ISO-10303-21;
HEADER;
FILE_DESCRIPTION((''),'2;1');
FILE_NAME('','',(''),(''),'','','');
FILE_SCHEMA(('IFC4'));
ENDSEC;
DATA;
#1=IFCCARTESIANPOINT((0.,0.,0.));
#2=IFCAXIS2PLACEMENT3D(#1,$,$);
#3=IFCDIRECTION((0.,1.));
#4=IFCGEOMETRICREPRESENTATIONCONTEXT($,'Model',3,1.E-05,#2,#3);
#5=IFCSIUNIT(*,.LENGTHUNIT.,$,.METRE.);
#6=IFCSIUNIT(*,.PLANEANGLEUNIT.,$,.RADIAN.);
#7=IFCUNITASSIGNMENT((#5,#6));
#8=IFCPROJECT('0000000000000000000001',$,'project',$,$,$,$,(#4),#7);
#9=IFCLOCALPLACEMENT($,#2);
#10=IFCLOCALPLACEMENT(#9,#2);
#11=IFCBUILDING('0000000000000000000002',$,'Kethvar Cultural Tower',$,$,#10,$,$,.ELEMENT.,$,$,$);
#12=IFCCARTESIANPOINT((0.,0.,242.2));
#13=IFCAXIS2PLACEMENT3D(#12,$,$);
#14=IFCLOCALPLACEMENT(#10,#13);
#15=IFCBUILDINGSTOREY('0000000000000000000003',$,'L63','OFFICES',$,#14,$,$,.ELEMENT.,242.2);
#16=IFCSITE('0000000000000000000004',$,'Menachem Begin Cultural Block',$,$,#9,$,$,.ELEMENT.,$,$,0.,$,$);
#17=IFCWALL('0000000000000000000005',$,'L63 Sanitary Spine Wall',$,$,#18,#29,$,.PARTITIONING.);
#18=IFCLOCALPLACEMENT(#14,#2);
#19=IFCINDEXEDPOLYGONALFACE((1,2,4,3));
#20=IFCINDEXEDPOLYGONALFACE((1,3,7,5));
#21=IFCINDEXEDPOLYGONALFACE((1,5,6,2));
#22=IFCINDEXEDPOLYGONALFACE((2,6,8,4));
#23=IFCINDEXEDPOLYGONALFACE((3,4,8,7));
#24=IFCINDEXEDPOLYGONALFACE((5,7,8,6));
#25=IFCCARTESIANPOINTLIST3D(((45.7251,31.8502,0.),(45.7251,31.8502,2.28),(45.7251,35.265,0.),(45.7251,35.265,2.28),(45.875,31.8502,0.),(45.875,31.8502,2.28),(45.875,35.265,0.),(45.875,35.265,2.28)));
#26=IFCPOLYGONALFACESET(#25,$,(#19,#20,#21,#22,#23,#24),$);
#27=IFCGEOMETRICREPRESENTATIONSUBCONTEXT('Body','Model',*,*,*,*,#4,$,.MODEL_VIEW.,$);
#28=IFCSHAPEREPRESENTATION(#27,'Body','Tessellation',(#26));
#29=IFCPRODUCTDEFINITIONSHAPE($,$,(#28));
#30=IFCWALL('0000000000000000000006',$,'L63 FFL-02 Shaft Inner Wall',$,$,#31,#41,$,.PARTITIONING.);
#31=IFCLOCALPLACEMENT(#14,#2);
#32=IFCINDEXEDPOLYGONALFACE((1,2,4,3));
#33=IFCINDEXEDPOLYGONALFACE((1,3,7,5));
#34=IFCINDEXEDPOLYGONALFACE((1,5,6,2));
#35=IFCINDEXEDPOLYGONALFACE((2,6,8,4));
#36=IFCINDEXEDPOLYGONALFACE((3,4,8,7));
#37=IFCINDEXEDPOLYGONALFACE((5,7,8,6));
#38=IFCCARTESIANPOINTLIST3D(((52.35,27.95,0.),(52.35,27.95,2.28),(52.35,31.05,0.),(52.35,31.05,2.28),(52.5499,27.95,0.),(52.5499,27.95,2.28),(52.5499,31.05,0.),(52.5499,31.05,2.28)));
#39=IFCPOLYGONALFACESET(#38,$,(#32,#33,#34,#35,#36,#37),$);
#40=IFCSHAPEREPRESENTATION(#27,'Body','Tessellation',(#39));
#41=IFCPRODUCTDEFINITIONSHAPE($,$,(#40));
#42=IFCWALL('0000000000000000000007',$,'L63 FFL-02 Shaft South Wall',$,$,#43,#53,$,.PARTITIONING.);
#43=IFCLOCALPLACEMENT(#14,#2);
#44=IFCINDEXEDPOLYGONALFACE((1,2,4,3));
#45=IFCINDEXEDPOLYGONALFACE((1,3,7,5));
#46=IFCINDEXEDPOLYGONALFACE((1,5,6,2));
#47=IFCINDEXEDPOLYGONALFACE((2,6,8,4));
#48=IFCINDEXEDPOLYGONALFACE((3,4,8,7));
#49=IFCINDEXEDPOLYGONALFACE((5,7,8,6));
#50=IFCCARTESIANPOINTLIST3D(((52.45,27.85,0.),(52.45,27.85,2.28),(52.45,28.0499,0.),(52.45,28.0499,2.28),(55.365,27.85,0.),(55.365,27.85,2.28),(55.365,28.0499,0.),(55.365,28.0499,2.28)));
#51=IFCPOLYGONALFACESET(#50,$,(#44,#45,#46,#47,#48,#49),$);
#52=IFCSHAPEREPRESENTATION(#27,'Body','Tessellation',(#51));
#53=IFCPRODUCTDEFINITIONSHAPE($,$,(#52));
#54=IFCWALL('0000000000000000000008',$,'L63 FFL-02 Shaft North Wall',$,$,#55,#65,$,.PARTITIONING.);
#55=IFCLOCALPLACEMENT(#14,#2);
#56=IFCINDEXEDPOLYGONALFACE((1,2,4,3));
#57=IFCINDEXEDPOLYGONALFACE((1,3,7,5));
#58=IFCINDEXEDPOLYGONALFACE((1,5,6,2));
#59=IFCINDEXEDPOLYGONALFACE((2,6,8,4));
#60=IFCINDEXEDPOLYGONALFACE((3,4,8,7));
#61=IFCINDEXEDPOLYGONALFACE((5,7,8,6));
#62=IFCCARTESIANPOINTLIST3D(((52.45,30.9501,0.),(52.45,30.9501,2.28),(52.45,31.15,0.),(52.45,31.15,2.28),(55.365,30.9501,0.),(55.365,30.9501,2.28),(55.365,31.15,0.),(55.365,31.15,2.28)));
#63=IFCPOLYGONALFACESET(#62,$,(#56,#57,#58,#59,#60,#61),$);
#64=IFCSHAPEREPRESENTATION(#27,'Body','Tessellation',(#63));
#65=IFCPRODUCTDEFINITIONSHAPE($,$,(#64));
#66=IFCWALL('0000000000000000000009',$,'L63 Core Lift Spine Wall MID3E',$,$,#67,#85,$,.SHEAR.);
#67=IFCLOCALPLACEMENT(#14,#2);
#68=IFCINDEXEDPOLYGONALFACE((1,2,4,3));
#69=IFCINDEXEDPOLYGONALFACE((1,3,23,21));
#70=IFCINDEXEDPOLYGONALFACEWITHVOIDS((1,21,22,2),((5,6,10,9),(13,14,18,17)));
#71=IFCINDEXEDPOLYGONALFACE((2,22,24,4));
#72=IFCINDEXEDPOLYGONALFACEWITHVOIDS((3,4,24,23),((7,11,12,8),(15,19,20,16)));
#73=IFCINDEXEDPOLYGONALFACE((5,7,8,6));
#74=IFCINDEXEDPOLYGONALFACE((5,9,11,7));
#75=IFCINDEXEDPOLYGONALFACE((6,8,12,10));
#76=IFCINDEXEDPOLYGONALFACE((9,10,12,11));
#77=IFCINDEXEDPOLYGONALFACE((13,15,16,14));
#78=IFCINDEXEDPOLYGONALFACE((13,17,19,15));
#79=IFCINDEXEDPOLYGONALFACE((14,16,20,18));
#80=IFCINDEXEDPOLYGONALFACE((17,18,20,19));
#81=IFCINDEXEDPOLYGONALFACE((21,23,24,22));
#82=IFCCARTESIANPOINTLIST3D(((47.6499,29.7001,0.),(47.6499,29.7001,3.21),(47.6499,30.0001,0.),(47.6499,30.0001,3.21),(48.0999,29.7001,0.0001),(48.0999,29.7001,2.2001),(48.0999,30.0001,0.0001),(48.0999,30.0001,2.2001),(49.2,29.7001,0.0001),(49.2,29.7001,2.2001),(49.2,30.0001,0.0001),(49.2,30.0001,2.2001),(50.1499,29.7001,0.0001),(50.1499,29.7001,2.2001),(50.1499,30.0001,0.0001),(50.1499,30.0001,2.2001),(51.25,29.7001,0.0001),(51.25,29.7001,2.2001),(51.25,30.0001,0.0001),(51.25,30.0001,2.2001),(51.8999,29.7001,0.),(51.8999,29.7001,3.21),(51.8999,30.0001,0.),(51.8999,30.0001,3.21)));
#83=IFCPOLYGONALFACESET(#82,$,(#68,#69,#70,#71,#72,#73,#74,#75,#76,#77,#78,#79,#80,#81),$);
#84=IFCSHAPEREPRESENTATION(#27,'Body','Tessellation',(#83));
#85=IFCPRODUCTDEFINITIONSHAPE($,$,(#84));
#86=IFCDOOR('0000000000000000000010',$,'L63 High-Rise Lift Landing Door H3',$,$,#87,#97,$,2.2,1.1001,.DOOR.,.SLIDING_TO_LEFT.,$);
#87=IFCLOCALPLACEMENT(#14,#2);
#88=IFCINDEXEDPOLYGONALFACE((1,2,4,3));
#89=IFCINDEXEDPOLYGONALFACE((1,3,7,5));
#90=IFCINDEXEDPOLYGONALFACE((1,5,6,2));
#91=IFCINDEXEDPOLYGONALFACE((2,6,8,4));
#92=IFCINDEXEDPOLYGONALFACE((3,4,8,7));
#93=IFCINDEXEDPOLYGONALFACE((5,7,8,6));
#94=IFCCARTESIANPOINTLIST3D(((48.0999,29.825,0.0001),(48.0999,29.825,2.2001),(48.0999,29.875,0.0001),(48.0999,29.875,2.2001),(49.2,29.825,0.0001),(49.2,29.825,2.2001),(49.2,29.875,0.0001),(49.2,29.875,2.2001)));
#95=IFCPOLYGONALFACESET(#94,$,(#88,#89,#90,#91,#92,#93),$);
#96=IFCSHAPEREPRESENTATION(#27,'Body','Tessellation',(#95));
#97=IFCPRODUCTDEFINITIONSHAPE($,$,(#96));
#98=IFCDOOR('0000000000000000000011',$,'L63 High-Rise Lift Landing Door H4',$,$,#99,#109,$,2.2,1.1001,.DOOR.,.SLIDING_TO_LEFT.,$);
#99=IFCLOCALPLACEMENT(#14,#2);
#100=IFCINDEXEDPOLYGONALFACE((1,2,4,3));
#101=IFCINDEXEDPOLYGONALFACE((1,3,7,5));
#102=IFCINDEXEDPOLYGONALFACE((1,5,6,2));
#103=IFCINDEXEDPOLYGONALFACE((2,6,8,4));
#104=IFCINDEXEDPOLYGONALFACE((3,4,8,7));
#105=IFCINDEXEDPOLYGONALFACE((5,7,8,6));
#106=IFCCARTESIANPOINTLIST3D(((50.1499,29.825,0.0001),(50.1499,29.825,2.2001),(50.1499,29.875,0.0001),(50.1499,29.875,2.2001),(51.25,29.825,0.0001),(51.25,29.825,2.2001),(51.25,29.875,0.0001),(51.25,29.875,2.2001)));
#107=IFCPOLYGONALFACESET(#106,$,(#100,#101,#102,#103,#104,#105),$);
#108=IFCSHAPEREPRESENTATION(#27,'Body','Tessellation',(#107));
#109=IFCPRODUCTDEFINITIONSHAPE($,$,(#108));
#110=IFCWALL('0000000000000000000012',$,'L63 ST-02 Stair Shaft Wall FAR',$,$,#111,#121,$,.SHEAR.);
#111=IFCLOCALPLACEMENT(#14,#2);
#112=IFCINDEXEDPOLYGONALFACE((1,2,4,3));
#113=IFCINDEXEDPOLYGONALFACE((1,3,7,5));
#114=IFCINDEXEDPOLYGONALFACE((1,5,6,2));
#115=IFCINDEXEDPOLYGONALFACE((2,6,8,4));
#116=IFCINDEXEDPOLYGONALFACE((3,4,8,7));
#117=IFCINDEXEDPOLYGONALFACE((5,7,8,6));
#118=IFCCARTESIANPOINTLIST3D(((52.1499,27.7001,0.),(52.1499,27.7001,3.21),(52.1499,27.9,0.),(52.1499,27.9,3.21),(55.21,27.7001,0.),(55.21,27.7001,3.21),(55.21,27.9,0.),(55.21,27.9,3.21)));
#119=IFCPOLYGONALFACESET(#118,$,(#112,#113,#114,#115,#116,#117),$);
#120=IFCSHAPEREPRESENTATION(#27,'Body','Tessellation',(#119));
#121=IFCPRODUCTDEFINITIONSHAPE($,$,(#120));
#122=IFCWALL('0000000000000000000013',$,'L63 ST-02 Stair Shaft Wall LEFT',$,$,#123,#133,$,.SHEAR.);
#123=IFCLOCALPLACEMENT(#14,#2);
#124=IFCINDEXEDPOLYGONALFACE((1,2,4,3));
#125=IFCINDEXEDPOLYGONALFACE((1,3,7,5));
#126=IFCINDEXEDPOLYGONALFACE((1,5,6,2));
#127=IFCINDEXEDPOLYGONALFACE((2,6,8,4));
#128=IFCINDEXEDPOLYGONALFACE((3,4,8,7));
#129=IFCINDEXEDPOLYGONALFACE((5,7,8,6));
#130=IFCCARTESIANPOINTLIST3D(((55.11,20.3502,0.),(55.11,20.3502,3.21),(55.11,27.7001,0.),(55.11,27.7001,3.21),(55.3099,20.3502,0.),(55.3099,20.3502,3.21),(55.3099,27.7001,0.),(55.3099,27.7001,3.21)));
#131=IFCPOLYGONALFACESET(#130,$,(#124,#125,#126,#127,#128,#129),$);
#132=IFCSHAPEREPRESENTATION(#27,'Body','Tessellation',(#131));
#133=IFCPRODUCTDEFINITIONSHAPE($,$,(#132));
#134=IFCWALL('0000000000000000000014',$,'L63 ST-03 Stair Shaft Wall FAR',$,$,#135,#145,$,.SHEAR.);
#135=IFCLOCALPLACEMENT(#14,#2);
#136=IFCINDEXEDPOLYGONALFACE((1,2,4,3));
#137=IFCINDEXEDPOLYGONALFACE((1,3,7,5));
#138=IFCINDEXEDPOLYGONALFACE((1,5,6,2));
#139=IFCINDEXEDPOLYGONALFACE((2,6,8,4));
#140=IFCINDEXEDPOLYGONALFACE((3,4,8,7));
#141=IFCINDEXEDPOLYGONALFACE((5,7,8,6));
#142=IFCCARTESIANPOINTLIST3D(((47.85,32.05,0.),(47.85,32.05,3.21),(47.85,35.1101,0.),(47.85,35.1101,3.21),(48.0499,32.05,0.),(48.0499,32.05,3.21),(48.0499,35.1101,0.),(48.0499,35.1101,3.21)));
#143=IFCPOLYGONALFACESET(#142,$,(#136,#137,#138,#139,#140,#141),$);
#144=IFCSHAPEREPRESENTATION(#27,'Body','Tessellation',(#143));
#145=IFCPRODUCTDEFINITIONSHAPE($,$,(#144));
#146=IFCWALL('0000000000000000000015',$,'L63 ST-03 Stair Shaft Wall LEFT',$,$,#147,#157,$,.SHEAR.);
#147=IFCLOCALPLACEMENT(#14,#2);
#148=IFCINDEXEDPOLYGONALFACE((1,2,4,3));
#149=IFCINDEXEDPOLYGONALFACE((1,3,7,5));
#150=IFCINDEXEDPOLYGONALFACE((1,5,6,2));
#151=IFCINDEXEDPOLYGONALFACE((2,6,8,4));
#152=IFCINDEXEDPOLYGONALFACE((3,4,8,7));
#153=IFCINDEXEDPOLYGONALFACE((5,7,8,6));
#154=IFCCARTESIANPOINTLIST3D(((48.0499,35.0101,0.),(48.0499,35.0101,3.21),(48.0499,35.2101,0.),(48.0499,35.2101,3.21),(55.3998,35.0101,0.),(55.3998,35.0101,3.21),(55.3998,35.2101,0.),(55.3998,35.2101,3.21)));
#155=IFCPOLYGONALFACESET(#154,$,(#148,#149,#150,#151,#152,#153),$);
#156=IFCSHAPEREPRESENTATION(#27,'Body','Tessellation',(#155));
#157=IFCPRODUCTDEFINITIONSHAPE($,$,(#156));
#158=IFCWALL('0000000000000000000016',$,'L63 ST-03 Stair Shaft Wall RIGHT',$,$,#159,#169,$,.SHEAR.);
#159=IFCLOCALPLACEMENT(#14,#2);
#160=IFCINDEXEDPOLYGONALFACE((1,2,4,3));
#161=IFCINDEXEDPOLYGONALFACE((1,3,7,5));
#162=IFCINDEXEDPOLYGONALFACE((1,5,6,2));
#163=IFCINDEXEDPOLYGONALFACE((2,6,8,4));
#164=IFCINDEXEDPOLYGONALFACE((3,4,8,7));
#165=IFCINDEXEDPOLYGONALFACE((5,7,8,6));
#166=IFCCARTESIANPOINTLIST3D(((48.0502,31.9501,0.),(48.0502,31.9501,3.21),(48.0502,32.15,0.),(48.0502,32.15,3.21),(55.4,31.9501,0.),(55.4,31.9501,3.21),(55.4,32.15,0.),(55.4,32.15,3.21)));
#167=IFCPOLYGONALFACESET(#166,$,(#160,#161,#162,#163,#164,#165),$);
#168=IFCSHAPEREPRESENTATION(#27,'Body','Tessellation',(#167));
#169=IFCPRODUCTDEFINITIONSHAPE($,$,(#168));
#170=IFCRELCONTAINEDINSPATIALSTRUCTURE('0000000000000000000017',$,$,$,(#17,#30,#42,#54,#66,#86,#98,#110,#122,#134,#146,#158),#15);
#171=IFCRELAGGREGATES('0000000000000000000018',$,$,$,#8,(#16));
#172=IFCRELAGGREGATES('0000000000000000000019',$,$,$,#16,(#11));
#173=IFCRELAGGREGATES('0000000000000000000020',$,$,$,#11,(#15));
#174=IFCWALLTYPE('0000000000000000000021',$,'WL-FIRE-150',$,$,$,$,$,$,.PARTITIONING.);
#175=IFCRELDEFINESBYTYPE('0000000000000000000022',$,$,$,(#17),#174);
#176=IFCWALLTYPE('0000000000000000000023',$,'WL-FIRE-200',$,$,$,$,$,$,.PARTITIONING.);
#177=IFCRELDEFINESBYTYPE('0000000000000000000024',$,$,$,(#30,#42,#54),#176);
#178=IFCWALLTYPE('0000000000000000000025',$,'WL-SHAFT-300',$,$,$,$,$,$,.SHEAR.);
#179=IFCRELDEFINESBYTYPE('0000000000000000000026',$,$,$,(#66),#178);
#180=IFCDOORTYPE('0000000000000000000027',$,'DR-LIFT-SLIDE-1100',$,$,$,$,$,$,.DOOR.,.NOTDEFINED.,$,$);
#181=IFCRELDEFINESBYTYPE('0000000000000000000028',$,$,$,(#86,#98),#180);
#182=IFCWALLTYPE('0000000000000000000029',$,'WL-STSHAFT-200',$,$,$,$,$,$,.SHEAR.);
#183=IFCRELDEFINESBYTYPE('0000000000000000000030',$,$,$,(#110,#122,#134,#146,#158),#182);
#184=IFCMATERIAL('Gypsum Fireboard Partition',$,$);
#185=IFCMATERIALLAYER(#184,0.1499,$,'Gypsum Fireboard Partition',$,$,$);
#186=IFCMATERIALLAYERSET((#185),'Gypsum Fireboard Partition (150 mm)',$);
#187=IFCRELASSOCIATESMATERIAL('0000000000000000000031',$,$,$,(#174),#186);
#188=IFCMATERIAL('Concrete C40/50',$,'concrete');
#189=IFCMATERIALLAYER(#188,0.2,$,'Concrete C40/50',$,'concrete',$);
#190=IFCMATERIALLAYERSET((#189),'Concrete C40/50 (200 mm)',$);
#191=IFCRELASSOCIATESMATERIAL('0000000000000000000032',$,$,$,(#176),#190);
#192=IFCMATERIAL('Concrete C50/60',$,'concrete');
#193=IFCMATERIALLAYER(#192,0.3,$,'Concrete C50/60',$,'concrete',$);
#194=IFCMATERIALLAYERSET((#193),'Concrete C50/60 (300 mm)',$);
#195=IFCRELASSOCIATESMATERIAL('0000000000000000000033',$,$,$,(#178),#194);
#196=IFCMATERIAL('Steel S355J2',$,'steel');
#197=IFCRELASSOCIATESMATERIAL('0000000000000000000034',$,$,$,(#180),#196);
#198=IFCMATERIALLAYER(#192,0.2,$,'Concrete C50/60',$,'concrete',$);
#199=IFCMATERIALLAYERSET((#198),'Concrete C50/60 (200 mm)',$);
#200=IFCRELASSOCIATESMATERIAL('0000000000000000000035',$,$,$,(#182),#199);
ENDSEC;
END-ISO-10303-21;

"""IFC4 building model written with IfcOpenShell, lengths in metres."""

from ifc_helpers import new_model, si_unit, direction, frame, frame_2d, origin, place, context, subcontext, project, spatial, rectangle, extrude, source, transform, mapped, material, layer, layer_set, type_object, element, fill, save


model = new_model("IFC4")

# Units and contexts
model_context = context("Model", 3, precision=1e-05, world=origin(), true_north=direction((0.0, 1.0)))
body_context = subcontext(model_context, "Body", "Model", "MODEL_VIEW")
ifc_project = project(units=[si_unit("LENGTHUNIT", "METRE"), si_unit("PLANEANGLEUNIT", "RADIAN")], contexts=[model_context])

# Site, building, storey
site_placement = place(None, origin())
site = spatial("IfcSite", under=ifc_project, at=site_placement, Name="Menachem Begin Cultural Block", CompositionType="ELEMENT", RefElevation=0.0)
building_placement = place(site_placement, origin())
building = spatial("IfcBuilding", under=site, at=building_placement, Name="Kethvar Cultural Tower", CompositionType="ELEMENT")
storey_placement = place(building_placement, frame((0.0, 0.0, 242.2)))
storey = spatial("IfcBuildingStorey", under=building, at=storey_placement, Name="L63", Description="OFFICES", CompositionType="ELEMENT", Elevation=242.2)

# Shared definitions
ifc_material_1 = material(Name="Steel S355J2", Category="steel")

# Walls
ifc_material_2 = material(Name="Gypsum Fireboard Partition")
ifc_layer_1 = layer(ifc_material_2, 0.1499, Name="Gypsum Fireboard Partition")
ifc_layer_set_1 = layer_set([ifc_layer_1], Name="Gypsum Fireboard Partition (150 mm)")
wall_type_1 = type_object("IfcWallType", Name="WL-FIRE-150", PredefinedType="PARTITIONING", material=ifc_layer_set_1)
wall_1_placement = place(storey_placement, frame((45.8, 31.8501, 0.0), z_axis=(0.0, 0.0, 1.0), x_axis=(0.0, 1.0, 0.0)))
element("IfcWall", 1, at=wall_1_placement, inside=storey, type_object=wall_type_1, Name="L63 Sanitary Spine Wall", PredefinedType="PARTITIONING", context=body_context, shape_type="SweptSolid", body=[
    extrude(rectangle(XDim=3.4148, YDim=0.1499, at=frame_2d((1.7075, 0.0))), origin(), (0.0, 0.0, 1.0), 2.28),
])
ifc_material_3 = material(Name="Concrete C40/50", Category="concrete")
ifc_layer_2 = layer(ifc_material_3, 0.2, Name="Concrete C40/50", Category="concrete")
ifc_layer_set_2 = layer_set([ifc_layer_2], Name="Concrete C40/50 (200 mm)")
wall_type_2 = type_object("IfcWallType", Name="WL-FIRE-200", PredefinedType="PARTITIONING", material=ifc_layer_set_2)
wall_2_placement = place(storey_placement, frame((52.45, 27.95, 0.0), z_axis=(0.0, 0.0, 1.0), x_axis=(0.0, 1.0, 0.0)))
element("IfcWall", 2, at=wall_2_placement, inside=storey, type_object=wall_type_2, Name="L63 FFL-02 Shaft Inner Wall", PredefinedType="PARTITIONING", context=body_context, shape_type="SweptSolid", body=[
    extrude(rectangle(XDim=3.1001, YDim=0.2, at=frame_2d((1.55, 0.0))), origin(), (0.0, 0.0, 1.0), 2.28),
])
for number, where, z_axis, x_axis, name in (
    (3, (52.45, 27.95, 0.0), (0.0, 0.0, 1.0), (1.0, 0.0, 0.0), "L63 FFL-02 Shaft South Wall"),
    (4, (52.45, 31.05, 0.0), (0.0, 0.0, 1.0), (1.0, 0.0, 0.0), "L63 FFL-02 Shaft North Wall"),
):
    element("IfcWall", number, at=place(storey_placement, frame(where, z_axis=z_axis, x_axis=x_axis)), inside=storey, type_object=wall_type_2, Name=name, PredefinedType="PARTITIONING", context=body_context, shape_type="SweptSolid", body=[
        extrude(rectangle(XDim=2.915, YDim=0.2, at=frame_2d((1.4575, 0.0))), origin(), (0.0, 0.0, 1.0), 2.28),
    ])

# Wall, openings, doors
ifc_material_4 = material(Name="Concrete C50/60", Category="concrete")
ifc_layer_3 = layer(ifc_material_4, 0.3, Name="Concrete C50/60", Category="concrete")
ifc_layer_set_3 = layer_set([ifc_layer_3], Name="Concrete C50/60 (300 mm)")
wall_type_3 = type_object("IfcWallType", Name="WL-SHAFT-300", PredefinedType="SHEAR", material=ifc_layer_set_3)
wall_3_placement = place(storey_placement, frame((47.6499, 29.8501, 0.0), z_axis=(0.0, 0.0, 1.0), x_axis=(1.0, 0.0, 0.0)))
wall_3 = element("IfcWall", 5, at=wall_3_placement, inside=storey, type_object=wall_type_3, Name="L63 Core Lift Spine Wall MID3E", PredefinedType="SHEAR", context=body_context, shape_type="SweptSolid", body=[
    extrude(rectangle(XDim=4.25, YDim=0.3, at=frame_2d((2.125, 0.0))), origin(), (0.0, 0.0, 1.0), 3.21),
])
opening_1_placement = place(wall_3_placement, frame((0.45, 0.0, 0.0)))
opening_1 = element("IfcOpeningElement", 6, at=opening_1_placement, cuts=wall_3, PredefinedType="OPENING", context=body_context, shape_type="SweptSolid", body=[
    extrude(rectangle(XDim=1.1001, YDim=2.2, at=frame_2d((0.55, 1.1001))), frame((0.0, 0.1599, 0.0), z_axis=(0.0, -1.0, 0.0), x_axis=(1.0, 0.0, 0.0)), (0.0, 0.0, 1.0), 0.3201),
])
opening_2_placement = place(wall_3_placement, frame((2.5, 0.0, 0.0)))
opening_2 = element("IfcOpeningElement", 7, at=opening_2_placement, cuts=wall_3, PredefinedType="OPENING", context=body_context, shape_type="SweptSolid", body=[
    extrude(rectangle(XDim=1.1001, YDim=2.2, at=frame_2d((0.55, 1.1001))), frame((0.0, 0.1599, 0.0), z_axis=(0.0, -1.0, 0.0), x_axis=(1.0, 0.0, 0.0)), (0.0, 0.0, 1.0), 0.3201),
])
door_type = type_object("IfcDoorType", Name="DR-LIFT-SLIDE-1100", OperationType="NOTDEFINED", PredefinedType="DOOR", material=ifc_material_1)
shared_shape_1 = source(origin(), body_context, "Body", "SweptSolid", [
    extrude(rectangle(XDim=1.1001, YDim=2.2, at=frame_2d((0.55, 1.1001))), frame((0.0, 0.0249, 0.0), z_axis=(0.0, -1.0, 0.0), x_axis=(1.0, 0.0, 0.0)), (0.0, 0.0, 1.0), 0.05),
])
door_1_placement = place(opening_1_placement, origin())
door_1 = element("IfcDoor", 8, at=door_1_placement, inside=storey, type_object=door_type, Name="L63 High-Rise Lift Landing Door H3", OperationType="SLIDING_TO_LEFT", OverallHeight=2.2, OverallWidth=1.1001, PredefinedType="DOOR", context=body_context, shape_type="MappedRepresentation", body=[
    mapped(shared_shape_1, transform((0.0, 0.0, 0.0), scale=1.0)),
])
fill(opening_1, door_1)
door_2_placement = place(opening_2_placement, origin())
door_2 = element("IfcDoor", 9, at=door_2_placement, inside=storey, type_object=door_type, Name="L63 High-Rise Lift Landing Door H4", OperationType="SLIDING_TO_LEFT", OverallHeight=2.2, OverallWidth=1.1001, PredefinedType="DOOR", context=body_context, shape_type="MappedRepresentation", body=[
    mapped(shared_shape_1, transform((0.0, 0.0, 0.0), scale=1.0)),
])
fill(opening_2, door_2)

# Walls
ifc_layer_4 = layer(ifc_material_4, 0.2, Name="Concrete C50/60", Category="concrete")
ifc_layer_set_4 = layer_set([ifc_layer_4], Name="Concrete C50/60 (200 mm)")
wall_type_4 = type_object("IfcWallType", Name="WL-STSHAFT-200", PredefinedType="SHEAR", material=ifc_layer_set_4)
wall_4_placement = place(storey_placement, frame((52.1499, 27.8, 0.0), z_axis=(0.0, 0.0, 1.0), x_axis=(1.0, 0.0, 0.0)))
element("IfcWall", 10, at=wall_4_placement, inside=storey, type_object=wall_type_4, Name="L63 ST-02 Stair Shaft Wall FAR", PredefinedType="SHEAR", context=body_context, shape_type="SweptSolid", body=[
    extrude(rectangle(XDim=3.0601, YDim=0.2, at=frame_2d((1.53, 0.0))), origin(), (0.0, 0.0, 1.0), 3.21),
])
wall_5_placement = place(storey_placement, frame((55.21, 27.7, 0.0), z_axis=(0.0, 0.0, 1.0), x_axis=(0.0, -1.0, 0.0)))
element("IfcWall", 11, at=wall_5_placement, inside=storey, type_object=wall_type_4, Name="L63 ST-02 Stair Shaft Wall LEFT", PredefinedType="SHEAR", context=body_context, shape_type="SweptSolid", body=[
    extrude(rectangle(XDim=7.3499, YDim=0.2, at=frame_2d((3.6748, 0.0))), origin(), (0.0, 0.0, 1.0), 3.21),
])
wall_6_placement = place(storey_placement, frame((47.95, 32.05, 0.0), z_axis=(0.0, 0.0, 1.0), x_axis=(0.0, 1.0, 0.0)))
element("IfcWall", 12, at=wall_6_placement, inside=storey, type_object=wall_type_4, Name="L63 ST-03 Stair Shaft Wall FAR", PredefinedType="SHEAR", context=body_context, shape_type="SweptSolid", body=[
    extrude(rectangle(XDim=3.0601, YDim=0.2, at=frame_2d((1.53, 0.0))), origin(), (0.0, 0.0, 1.0), 3.21),
])
for number, where, z_axis, x_axis, name in (
    (13, (48.05, 35.1101, 0.0), (0.0, 0.0, 1.0), (1.0, 0.0, 0.0), "L63 ST-03 Stair Shaft Wall LEFT"),
    (14, (55.3999, 32.05, 0.0), (0.0, 0.0, 1.0), (-1.0, 0.0, 0.0), "L63 ST-03 Stair Shaft Wall RIGHT"),
):
    element("IfcWall", number, at=place(storey_placement, frame(where, z_axis=z_axis, x_axis=x_axis)), inside=storey, type_object=wall_type_4, Name=name, PredefinedType="SHEAR", context=body_context, shape_type="SweptSolid", body=[
        extrude(rectangle(XDim=7.3499, YDim=0.2, at=frame_2d((3.6748, 0.0))), origin(), (0.0, 0.0, 1.0), 3.21),
    ])

save(model, "model.ifc")
